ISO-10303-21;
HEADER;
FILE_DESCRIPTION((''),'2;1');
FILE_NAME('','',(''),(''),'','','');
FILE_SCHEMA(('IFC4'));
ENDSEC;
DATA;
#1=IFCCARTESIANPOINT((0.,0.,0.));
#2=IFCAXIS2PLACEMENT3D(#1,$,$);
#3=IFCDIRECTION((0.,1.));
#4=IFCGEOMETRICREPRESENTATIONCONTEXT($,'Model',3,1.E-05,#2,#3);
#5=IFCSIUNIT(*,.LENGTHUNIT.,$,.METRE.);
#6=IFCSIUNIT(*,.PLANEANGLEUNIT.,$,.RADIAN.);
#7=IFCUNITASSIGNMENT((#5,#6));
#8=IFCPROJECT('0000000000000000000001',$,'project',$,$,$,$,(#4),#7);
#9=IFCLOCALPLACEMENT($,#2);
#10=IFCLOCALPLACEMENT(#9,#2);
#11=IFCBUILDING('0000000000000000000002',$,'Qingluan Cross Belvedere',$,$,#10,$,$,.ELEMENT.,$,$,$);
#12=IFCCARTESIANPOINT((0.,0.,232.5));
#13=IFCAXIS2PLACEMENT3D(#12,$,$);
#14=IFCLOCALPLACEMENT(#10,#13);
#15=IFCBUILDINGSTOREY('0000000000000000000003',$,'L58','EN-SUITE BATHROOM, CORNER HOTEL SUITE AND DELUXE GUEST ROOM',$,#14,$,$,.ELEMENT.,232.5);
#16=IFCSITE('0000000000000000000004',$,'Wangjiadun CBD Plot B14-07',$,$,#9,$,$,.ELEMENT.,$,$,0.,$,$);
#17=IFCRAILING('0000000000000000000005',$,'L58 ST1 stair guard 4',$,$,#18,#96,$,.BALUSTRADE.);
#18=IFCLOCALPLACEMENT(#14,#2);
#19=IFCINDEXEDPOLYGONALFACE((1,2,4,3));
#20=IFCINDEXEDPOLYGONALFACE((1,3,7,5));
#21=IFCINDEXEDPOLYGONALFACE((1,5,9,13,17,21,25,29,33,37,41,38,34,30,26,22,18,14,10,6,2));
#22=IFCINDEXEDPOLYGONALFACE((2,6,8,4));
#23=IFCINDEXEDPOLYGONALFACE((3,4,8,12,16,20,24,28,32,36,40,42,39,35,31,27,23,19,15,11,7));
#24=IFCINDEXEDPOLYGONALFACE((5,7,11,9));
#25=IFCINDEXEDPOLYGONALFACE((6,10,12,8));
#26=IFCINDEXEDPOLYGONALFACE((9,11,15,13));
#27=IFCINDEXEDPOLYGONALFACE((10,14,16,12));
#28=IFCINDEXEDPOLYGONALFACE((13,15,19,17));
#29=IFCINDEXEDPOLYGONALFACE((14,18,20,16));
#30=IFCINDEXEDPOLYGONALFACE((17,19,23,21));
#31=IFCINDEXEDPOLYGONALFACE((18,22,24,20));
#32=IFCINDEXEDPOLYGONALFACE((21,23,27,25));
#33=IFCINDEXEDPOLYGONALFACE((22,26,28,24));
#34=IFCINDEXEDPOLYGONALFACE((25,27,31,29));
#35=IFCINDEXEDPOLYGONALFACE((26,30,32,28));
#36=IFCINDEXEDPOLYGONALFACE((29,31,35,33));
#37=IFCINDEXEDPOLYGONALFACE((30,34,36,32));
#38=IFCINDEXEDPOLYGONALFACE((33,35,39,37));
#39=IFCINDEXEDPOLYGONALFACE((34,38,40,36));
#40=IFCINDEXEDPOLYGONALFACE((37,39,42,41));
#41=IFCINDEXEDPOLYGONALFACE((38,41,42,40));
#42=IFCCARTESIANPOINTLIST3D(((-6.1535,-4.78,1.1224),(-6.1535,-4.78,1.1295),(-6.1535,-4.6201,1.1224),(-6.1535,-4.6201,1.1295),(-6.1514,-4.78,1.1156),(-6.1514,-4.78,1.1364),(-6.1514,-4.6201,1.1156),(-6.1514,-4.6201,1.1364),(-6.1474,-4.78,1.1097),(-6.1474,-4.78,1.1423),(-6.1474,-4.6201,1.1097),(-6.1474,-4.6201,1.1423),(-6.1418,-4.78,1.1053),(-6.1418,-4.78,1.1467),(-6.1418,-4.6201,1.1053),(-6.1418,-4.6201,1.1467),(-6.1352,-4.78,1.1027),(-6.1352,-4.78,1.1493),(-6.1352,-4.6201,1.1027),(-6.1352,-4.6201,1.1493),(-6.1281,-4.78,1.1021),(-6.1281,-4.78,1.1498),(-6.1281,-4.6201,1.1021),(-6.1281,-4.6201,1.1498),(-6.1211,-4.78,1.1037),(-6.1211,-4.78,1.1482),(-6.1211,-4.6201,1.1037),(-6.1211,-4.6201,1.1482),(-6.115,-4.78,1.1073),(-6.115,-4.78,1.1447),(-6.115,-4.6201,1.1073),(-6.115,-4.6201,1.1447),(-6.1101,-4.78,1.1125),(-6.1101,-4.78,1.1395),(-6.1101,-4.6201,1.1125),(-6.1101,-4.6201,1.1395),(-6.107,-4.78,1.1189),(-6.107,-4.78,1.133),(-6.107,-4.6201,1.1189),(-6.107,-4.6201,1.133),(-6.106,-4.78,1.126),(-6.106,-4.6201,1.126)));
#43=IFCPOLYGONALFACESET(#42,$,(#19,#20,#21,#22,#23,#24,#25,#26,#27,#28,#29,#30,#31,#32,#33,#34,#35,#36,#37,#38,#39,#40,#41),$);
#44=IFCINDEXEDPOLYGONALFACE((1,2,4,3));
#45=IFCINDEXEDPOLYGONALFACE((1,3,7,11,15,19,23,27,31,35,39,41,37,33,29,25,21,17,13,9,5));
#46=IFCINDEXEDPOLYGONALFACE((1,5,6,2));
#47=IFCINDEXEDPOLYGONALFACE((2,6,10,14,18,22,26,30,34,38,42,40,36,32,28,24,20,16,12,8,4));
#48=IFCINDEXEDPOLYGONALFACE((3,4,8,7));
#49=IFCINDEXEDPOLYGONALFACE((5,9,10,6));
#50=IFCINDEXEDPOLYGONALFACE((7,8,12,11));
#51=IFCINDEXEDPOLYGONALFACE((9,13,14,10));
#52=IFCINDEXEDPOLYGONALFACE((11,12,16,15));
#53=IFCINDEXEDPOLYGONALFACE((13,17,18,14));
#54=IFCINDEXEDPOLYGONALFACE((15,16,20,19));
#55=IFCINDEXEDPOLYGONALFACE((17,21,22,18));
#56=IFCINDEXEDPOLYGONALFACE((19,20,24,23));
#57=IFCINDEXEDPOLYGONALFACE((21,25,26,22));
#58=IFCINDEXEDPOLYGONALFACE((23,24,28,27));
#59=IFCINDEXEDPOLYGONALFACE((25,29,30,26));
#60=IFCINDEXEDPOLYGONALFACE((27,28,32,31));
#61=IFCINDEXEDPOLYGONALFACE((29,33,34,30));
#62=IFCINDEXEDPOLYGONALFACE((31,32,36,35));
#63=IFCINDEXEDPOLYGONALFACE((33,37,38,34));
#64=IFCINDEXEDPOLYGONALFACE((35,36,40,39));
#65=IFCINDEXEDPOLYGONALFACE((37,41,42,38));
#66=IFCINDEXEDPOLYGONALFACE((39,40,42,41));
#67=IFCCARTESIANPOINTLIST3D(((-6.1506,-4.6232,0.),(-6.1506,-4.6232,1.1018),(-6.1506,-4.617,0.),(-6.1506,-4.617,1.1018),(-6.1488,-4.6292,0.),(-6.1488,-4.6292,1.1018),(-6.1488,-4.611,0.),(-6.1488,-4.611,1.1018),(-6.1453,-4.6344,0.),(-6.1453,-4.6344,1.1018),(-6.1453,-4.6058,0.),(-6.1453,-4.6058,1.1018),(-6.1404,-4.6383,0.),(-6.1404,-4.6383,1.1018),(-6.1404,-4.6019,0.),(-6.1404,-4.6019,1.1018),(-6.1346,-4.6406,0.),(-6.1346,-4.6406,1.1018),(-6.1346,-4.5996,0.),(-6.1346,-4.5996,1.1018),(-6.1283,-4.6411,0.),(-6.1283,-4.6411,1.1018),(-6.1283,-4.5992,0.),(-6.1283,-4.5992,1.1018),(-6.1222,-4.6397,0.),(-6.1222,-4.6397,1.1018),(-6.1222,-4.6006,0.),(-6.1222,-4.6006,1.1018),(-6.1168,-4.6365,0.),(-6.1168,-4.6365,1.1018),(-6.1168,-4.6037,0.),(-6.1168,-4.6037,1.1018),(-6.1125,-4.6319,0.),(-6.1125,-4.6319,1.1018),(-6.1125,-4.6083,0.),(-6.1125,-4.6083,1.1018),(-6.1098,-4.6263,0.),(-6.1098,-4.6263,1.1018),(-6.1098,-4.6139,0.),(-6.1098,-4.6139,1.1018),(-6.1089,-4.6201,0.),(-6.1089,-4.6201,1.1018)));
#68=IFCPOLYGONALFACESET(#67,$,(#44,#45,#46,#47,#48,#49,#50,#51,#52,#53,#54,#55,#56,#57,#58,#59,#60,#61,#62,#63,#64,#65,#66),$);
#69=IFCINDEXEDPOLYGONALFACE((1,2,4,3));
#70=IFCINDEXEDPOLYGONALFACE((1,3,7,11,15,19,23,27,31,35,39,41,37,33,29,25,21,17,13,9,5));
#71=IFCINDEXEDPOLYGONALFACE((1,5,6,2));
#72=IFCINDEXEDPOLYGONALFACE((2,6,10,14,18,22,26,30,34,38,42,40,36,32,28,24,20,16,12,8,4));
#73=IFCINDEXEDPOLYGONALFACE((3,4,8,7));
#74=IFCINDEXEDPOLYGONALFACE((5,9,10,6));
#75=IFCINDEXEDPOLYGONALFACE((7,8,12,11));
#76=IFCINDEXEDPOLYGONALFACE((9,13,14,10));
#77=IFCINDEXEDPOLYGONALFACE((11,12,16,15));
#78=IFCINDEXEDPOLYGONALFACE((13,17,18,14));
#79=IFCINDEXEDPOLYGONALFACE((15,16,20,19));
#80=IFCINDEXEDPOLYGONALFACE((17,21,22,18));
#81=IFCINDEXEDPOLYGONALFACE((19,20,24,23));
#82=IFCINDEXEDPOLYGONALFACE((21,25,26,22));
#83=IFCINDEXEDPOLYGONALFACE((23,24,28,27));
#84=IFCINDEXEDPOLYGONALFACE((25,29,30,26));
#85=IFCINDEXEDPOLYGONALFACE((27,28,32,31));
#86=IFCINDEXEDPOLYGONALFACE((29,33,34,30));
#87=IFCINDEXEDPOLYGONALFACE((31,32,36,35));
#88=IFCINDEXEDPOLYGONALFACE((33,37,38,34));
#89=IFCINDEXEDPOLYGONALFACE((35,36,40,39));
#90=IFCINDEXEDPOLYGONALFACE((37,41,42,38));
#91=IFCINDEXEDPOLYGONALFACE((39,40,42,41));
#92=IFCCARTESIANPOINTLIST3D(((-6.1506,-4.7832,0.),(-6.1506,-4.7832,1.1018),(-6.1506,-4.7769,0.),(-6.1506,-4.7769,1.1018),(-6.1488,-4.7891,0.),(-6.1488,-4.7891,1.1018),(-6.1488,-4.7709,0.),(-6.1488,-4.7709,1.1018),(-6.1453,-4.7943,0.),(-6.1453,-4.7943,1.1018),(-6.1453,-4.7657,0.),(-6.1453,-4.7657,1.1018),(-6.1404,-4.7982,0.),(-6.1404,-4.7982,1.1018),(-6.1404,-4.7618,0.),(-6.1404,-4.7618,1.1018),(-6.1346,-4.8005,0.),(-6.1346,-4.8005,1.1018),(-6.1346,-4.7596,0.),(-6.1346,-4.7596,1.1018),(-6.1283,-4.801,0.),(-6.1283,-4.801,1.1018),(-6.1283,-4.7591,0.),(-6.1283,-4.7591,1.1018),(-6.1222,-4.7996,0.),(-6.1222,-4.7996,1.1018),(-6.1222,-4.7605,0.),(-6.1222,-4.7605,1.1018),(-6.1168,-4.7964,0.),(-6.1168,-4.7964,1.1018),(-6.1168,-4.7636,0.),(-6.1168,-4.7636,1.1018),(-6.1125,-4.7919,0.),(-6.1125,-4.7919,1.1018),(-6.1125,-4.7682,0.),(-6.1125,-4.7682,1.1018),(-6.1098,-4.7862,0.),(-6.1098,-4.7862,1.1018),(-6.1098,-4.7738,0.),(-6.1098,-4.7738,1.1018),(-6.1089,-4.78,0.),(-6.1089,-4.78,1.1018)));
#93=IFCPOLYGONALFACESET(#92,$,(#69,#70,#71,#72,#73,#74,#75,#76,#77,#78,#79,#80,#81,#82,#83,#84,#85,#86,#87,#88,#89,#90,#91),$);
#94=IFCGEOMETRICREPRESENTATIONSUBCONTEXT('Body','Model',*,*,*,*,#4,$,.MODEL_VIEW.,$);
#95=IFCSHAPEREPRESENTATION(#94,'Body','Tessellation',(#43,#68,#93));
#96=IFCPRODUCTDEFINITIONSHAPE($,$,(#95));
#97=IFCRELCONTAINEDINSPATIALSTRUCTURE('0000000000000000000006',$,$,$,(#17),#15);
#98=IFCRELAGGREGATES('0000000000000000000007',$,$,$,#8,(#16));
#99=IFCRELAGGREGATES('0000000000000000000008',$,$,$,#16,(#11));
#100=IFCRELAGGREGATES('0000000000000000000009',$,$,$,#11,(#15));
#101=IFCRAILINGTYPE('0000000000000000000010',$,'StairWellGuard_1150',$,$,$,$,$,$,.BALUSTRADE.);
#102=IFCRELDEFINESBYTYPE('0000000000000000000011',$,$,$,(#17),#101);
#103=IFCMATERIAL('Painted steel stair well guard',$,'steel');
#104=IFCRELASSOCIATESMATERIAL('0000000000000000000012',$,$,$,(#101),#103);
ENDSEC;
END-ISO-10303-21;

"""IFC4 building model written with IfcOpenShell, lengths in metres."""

from ifc_helpers import new_model, si_unit, direction, frame, origin, origin_2d, place, context, subcontext, project, spatial, circle, extrude, material, type_object, element, save


model = new_model("IFC4")

# Units and contexts
model_context = context("Model", 3, precision=1e-05, world=origin(), true_north=direction((0.0, 1.0)))
body_context = subcontext(model_context, "Body", "Model", "MODEL_VIEW")
ifc_project = project(units=[si_unit("LENGTHUNIT", "METRE"), si_unit("PLANEANGLEUNIT", "RADIAN")], contexts=[model_context])

# Site, building, storey
site_placement = place(None, origin())
site = spatial("IfcSite", under=ifc_project, at=site_placement, Name="Wangjiadun CBD Plot B14-07", CompositionType="ELEMENT", RefElevation=0.0)
building_placement = place(site_placement, origin())
building = spatial("IfcBuilding", under=site, at=building_placement, Name="Qingluan Cross Belvedere", CompositionType="ELEMENT")
storey_placement = place(building_placement, frame((0.0, 0.0, 232.5)))
storey = spatial("IfcBuildingStorey", under=building, at=storey_placement, Name="L58", Description="EN-SUITE BATHROOM, CORNER HOTEL SUITE AND DELUXE GUEST ROOM", CompositionType="ELEMENT", Elevation=232.5)

# Railing
ifc_material_1 = material(Name="Painted steel stair well guard", Category="steel")
railing_type_1 = type_object("IfcRailingType", Name="StairWellGuard_1150", PredefinedType="BALUSTRADE", material=ifc_material_1)
railing_1_placement = place(storey_placement, frame((-6.1299, -4.6201, 0.0)))
element("IfcRailing", 1, at=railing_1_placement, inside=storey, type_object=railing_type_1, Name="L58 ST1 stair guard 4", PredefinedType="BALUSTRADE", context=body_context, shape_type="SweptSolid", body=[
    extrude(circle(Radius=0.0239, at=origin_2d()), frame((0.0, 0.0, 1.126), z_axis=(0.0, -1.0, 0.0), x_axis=(1.0, 0.0, 0.0)), (0.0, 0.0, 1.0), 0.1599),
    extrude(circle(Radius=0.021, at=origin_2d()), origin(), (0.0, 0.0, 1.0), 1.1018),
    extrude(circle(Radius=0.021, at=origin_2d()), frame((0.0, -0.1599, 0.0)), (0.0, 0.0, 1.0), 1.1018),
])

save(model, "model.ifc")
